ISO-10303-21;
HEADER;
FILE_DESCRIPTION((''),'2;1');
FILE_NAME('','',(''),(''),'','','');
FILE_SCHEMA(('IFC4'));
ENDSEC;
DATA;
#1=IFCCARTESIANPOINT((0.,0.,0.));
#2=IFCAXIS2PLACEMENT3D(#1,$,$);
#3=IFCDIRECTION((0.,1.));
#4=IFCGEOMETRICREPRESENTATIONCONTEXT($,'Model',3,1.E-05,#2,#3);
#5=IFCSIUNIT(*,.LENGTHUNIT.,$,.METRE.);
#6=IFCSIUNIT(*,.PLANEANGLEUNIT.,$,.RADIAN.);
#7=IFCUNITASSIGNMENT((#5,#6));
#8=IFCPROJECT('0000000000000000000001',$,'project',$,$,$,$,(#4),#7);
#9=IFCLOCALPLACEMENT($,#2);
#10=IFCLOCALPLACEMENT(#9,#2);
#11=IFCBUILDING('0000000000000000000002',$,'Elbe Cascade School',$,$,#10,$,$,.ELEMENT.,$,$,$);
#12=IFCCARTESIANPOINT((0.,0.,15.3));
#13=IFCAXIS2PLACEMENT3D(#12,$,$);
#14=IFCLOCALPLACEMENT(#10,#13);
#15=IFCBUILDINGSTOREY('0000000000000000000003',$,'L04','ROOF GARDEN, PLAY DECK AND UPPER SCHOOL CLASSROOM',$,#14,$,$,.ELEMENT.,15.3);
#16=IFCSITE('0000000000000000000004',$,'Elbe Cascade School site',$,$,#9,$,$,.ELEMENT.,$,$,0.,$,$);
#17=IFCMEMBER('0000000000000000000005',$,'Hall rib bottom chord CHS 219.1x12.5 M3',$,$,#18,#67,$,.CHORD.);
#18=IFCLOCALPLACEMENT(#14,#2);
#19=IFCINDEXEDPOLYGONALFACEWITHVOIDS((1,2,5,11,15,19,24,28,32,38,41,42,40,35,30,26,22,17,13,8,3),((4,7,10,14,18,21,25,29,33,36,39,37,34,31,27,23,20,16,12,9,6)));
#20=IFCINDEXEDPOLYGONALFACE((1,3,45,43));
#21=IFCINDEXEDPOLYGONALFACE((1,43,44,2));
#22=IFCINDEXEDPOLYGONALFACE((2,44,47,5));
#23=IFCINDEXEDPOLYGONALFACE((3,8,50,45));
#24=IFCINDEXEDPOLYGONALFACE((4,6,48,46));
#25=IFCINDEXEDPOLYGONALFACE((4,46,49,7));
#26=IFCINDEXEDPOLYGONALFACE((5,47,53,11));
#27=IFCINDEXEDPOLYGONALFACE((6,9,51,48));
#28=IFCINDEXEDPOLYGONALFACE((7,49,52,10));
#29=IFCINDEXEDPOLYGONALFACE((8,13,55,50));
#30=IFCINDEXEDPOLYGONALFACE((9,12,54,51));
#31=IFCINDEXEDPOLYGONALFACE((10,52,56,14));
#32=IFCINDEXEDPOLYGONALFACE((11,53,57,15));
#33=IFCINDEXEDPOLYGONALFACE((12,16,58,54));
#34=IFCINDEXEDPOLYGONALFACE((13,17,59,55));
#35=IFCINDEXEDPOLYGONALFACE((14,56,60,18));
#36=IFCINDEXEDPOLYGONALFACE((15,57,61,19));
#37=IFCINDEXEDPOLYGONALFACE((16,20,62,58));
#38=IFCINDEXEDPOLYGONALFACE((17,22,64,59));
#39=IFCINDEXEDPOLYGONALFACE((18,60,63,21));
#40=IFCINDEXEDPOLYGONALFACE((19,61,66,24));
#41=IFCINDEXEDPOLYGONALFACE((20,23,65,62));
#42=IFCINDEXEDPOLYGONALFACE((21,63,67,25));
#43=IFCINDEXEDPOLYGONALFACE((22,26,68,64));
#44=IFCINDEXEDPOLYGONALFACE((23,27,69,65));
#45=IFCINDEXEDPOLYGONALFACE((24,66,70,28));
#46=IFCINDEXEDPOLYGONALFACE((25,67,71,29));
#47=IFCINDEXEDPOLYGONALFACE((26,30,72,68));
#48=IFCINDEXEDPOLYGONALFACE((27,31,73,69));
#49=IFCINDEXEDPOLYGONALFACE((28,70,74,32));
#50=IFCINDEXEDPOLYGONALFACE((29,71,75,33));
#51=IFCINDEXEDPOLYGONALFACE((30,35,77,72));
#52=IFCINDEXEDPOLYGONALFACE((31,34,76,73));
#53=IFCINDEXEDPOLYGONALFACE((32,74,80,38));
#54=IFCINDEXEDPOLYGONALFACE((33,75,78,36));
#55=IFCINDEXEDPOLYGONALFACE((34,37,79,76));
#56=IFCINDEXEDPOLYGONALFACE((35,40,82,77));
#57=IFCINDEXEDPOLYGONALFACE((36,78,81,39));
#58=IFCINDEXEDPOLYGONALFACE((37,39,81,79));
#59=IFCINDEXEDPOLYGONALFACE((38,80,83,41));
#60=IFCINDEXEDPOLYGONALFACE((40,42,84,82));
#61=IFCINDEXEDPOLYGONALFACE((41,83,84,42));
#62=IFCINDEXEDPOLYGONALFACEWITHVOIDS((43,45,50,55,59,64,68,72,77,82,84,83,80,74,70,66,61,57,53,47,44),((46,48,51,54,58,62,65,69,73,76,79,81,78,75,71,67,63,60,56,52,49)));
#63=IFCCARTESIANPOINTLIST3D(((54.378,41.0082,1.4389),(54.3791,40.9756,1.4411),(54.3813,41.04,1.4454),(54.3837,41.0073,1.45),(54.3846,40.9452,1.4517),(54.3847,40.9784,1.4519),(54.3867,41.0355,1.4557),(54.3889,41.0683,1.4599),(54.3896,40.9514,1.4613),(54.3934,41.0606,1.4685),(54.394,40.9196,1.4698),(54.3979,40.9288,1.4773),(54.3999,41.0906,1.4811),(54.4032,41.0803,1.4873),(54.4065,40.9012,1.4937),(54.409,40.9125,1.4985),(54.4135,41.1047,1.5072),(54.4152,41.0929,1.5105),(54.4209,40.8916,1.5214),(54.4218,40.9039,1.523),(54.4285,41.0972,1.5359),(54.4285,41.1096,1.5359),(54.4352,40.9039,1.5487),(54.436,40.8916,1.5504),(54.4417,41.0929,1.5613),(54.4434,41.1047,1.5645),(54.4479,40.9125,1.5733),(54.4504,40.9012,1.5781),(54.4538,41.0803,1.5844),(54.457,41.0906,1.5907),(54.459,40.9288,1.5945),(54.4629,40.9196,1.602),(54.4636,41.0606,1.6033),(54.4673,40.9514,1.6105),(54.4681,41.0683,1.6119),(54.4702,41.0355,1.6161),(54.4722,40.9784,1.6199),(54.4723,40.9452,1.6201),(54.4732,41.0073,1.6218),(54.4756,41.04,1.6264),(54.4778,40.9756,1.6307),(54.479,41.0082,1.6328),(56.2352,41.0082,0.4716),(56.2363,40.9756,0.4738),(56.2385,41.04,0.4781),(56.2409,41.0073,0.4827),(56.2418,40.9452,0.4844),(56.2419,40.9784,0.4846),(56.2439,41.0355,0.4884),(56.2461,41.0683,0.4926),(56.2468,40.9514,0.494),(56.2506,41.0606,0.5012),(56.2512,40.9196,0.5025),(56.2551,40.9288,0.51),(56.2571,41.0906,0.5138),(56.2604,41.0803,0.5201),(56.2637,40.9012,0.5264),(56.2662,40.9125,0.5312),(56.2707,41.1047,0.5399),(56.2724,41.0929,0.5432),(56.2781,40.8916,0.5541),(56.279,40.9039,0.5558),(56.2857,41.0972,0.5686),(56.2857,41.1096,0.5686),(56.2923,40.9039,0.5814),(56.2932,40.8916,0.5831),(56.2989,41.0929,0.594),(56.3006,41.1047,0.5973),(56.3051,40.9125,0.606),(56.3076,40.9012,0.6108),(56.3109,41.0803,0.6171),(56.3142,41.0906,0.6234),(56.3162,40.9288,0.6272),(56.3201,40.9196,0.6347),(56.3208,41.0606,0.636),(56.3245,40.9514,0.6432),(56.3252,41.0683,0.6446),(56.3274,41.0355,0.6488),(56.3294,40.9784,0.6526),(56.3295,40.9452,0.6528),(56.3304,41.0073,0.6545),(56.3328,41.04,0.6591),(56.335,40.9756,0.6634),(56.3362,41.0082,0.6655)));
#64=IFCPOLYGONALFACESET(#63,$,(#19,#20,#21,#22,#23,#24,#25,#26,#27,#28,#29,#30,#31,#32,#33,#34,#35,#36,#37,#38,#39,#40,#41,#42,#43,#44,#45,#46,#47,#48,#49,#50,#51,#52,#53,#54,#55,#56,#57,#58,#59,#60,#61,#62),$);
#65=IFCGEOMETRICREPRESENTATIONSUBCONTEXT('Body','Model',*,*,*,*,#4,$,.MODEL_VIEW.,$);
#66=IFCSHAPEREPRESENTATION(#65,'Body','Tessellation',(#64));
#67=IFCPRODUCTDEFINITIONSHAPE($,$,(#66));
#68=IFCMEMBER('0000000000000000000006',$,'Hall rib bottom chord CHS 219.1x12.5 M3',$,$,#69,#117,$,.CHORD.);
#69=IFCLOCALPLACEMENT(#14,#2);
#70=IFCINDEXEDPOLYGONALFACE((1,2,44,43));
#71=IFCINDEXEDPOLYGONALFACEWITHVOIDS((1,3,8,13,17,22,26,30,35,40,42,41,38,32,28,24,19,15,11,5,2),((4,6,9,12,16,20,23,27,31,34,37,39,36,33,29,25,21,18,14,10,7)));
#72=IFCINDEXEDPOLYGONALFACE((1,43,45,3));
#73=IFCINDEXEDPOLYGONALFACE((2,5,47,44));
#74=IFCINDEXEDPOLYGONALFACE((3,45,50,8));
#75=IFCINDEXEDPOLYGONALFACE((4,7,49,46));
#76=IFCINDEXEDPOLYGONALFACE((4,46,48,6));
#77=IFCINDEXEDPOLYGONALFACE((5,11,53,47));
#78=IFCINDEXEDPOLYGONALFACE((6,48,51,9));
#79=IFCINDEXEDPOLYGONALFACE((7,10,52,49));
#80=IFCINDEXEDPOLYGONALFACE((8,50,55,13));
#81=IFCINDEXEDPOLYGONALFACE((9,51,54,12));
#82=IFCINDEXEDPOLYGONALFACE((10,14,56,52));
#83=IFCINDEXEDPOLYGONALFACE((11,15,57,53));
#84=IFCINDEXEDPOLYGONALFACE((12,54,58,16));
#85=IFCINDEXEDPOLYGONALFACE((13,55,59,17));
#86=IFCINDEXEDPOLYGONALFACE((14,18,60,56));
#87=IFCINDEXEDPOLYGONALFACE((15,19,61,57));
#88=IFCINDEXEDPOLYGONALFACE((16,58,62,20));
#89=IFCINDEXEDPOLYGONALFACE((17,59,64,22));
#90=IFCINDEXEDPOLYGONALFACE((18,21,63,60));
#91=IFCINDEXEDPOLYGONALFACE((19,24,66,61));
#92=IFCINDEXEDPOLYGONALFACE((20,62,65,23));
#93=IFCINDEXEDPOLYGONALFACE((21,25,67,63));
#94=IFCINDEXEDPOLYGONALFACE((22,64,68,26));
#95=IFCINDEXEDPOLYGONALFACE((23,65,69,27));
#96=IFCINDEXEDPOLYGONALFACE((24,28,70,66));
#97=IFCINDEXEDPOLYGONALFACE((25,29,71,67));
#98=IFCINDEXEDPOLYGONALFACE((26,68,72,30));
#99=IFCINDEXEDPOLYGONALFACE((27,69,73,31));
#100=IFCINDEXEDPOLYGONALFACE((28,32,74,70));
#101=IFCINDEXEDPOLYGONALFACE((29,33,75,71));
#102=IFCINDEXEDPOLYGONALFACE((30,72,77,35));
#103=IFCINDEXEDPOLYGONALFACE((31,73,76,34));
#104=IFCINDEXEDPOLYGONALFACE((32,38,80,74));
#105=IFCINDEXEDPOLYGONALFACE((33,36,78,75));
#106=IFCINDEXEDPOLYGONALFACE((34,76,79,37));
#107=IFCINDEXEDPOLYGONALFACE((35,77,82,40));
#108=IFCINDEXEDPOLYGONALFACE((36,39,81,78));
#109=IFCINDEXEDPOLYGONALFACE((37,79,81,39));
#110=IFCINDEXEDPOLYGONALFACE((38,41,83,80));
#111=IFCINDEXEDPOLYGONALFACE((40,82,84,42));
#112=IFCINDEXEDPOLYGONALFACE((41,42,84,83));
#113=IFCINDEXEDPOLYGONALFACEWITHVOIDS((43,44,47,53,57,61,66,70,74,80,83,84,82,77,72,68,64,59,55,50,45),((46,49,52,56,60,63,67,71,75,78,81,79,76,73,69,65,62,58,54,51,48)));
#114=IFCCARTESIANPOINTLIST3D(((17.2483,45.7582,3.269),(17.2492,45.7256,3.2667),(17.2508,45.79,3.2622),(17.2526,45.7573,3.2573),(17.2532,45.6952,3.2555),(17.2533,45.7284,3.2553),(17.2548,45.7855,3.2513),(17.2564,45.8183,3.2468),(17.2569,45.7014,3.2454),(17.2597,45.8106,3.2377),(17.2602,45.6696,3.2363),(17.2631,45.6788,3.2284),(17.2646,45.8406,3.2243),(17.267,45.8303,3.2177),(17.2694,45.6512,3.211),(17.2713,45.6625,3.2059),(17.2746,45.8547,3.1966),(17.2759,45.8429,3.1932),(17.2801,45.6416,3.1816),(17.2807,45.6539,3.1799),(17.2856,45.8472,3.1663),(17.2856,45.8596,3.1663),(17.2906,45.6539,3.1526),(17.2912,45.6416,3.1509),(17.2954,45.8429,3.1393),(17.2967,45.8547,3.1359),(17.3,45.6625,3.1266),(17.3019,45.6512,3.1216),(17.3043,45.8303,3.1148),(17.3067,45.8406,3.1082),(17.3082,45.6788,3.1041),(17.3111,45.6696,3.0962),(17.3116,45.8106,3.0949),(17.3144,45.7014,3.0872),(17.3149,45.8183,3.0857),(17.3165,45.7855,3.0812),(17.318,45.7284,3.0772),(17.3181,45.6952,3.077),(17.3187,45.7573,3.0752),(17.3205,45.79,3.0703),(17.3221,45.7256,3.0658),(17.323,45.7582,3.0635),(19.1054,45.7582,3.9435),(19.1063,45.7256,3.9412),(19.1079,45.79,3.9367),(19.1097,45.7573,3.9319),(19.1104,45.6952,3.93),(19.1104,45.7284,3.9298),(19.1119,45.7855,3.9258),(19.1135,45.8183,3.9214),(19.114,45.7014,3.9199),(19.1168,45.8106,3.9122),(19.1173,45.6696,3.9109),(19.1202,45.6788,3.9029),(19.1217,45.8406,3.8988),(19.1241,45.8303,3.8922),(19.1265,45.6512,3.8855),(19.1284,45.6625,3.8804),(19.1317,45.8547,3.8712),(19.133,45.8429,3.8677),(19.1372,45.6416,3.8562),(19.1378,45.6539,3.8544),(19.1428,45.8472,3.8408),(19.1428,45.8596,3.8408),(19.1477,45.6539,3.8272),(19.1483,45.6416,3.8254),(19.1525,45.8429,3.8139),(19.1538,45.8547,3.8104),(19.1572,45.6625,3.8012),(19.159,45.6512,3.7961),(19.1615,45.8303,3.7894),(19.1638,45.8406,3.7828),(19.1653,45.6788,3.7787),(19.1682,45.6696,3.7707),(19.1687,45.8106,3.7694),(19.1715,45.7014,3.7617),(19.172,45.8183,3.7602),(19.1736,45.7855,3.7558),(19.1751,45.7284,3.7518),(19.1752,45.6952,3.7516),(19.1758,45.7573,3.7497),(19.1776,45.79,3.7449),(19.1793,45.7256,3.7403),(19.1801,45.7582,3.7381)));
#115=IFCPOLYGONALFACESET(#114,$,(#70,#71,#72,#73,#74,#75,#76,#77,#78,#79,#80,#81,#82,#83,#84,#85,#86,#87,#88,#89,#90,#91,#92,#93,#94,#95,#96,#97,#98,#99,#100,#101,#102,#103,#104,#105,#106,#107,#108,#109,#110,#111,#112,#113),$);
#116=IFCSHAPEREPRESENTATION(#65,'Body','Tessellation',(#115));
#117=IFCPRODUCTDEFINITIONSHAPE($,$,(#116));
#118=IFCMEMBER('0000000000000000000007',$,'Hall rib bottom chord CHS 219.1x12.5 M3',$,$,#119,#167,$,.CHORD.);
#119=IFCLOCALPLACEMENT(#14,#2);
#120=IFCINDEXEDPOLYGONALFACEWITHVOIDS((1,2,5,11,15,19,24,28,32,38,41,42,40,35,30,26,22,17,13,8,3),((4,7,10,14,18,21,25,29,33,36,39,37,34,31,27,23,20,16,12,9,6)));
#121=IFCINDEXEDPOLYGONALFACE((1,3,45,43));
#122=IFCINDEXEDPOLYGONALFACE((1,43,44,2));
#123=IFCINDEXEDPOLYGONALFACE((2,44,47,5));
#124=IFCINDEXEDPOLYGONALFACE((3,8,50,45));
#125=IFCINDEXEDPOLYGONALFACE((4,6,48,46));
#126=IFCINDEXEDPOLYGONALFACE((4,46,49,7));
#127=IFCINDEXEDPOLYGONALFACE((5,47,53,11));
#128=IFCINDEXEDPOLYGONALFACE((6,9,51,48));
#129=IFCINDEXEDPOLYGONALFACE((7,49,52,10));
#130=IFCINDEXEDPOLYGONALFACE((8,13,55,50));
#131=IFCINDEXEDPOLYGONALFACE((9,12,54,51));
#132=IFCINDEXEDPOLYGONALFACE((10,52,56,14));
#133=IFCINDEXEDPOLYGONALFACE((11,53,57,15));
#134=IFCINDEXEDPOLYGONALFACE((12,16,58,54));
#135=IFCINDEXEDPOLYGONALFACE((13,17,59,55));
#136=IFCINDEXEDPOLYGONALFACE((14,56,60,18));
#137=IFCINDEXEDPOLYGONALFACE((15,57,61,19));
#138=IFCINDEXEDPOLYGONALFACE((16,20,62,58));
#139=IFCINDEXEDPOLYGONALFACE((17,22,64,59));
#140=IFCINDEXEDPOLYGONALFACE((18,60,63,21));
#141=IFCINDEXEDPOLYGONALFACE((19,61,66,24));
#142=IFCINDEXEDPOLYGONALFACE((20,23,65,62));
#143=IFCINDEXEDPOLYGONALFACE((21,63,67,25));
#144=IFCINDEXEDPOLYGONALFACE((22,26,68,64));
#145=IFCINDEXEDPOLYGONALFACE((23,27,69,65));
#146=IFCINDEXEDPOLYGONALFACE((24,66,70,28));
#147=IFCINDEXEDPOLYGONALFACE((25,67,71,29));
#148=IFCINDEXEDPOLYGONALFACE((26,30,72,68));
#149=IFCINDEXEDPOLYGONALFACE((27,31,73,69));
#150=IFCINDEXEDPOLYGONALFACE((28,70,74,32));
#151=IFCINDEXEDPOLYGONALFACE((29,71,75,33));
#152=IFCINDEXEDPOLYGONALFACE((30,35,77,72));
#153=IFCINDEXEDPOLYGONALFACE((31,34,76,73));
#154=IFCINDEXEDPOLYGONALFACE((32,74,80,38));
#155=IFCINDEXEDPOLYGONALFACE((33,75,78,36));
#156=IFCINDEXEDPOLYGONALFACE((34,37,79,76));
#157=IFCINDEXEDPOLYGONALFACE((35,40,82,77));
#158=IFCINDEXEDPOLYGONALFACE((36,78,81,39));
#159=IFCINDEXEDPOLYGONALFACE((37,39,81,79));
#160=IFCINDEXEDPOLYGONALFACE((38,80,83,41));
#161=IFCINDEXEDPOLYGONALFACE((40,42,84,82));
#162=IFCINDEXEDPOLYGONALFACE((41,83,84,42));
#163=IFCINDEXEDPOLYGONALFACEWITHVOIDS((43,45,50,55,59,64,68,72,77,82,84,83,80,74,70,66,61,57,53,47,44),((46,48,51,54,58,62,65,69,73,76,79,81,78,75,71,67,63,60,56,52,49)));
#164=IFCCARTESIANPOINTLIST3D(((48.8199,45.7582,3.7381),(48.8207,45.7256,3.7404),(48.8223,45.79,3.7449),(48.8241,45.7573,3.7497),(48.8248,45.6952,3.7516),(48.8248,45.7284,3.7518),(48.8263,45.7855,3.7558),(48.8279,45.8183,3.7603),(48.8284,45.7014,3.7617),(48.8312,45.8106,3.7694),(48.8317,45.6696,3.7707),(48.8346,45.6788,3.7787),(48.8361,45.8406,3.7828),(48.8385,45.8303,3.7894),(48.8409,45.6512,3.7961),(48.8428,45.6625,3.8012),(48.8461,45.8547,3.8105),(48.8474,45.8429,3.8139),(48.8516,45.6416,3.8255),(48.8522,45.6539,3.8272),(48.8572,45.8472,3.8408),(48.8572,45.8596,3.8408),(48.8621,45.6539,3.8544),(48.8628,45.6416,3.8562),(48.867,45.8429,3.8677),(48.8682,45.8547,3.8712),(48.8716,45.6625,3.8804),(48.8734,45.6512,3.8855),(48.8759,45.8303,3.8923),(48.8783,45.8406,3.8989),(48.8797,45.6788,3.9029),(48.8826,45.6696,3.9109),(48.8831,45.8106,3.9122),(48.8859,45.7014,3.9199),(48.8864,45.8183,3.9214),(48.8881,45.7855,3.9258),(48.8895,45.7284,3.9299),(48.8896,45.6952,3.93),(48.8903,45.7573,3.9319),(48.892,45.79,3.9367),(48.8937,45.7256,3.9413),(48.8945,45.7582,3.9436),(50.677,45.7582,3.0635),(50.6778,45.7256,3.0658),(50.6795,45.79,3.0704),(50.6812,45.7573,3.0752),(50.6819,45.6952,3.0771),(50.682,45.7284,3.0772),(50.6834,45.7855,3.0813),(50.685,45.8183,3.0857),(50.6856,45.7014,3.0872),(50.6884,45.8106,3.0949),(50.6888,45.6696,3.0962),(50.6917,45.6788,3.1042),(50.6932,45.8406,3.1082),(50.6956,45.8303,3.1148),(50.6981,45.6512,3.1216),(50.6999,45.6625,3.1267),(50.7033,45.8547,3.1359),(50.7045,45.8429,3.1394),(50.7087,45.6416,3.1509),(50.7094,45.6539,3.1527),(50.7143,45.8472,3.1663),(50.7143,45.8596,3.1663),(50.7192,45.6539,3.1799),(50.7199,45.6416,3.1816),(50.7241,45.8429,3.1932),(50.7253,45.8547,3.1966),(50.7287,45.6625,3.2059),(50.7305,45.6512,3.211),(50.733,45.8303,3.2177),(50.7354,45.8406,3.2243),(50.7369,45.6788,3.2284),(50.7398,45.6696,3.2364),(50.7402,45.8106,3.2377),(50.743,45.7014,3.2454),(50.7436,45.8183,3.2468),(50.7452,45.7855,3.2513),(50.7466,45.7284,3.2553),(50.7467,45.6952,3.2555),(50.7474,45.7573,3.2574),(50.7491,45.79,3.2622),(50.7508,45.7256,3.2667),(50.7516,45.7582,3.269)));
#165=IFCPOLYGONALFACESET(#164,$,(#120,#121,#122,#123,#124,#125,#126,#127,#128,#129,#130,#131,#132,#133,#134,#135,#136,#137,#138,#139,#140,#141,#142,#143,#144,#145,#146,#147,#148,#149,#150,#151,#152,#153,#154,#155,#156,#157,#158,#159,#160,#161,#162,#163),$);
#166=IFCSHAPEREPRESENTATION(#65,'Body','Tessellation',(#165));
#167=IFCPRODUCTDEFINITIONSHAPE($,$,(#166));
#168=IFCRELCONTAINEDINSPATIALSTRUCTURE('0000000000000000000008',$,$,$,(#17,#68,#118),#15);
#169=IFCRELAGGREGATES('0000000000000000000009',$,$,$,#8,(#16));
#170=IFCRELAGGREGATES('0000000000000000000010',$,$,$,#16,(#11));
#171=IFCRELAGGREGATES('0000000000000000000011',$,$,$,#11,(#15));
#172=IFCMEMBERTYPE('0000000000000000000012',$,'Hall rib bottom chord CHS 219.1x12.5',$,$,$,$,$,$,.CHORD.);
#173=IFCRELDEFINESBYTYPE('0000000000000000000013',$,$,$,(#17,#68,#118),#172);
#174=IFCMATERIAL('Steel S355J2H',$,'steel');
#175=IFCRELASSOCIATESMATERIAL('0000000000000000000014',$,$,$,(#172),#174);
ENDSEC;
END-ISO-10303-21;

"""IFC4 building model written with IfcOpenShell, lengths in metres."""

from ifc_helpers import new_model, si_unit, direction, frame, origin, origin_2d, place, context, subcontext, project, spatial, hollow_circle, extrude, material, material_profile, profile_set, type_object, element, save


model = new_model("IFC4")

# Units and contexts
model_context = context("Model", 3, precision=1e-05, world=origin(), true_north=direction((0.0, 1.0)))
body_context = subcontext(model_context, "Body", "Model", "MODEL_VIEW")
ifc_project = project(units=[si_unit("LENGTHUNIT", "METRE"), si_unit("PLANEANGLEUNIT", "RADIAN")], contexts=[model_context])

# Site, building, storey
site_placement = place(None, origin())
site = spatial("IfcSite", under=ifc_project, at=site_placement, Name="Elbe Cascade School site", CompositionType="ELEMENT", RefElevation=0.0)
building_placement = place(site_placement, origin())
building = spatial("IfcBuilding", under=site, at=building_placement, Name="Elbe Cascade School", CompositionType="ELEMENT")
storey_placement = place(building_placement, frame((0.0, 0.0, 15.3)))
storey = spatial("IfcBuildingStorey", under=building, at=storey_placement, Name="L04", Description="ROOF GARDEN, PLAY DECK AND UPPER SCHOOL CLASSROOM", CompositionType="ELEMENT", Elevation=15.3)

# Members
ifc_material_1 = material(Name="Steel S355J2H", Category="steel")
ifc_material_profile_1 = material_profile(ifc_material_1, hollow_circle(Radius=0.1096, WallThickness=0.0125, at=origin_2d()), Name="CHS 219.1x12.5")
ifc_profile_set_1 = profile_set([ifc_material_profile_1], Name="Steel S355J2H")
member_type_1 = type_object("IfcMemberType", Name="Hall rib bottom chord CHS 219.1x12.5", PredefinedType="CHORD", material=ifc_profile_set_1)
member_1_placement = place(storey_placement, frame((54.4285, 41.0, 1.5359), z_axis=(0.886913, 0.0, -0.461936), x_axis=(0.0, 1.0, 0.0)))
element("IfcMember", 1, at=member_1_placement, inside=storey, type_object=member_type_1, Name="Hall rib bottom chord CHS 219.1x12.5 M3", PredefinedType="CHORD", context=body_context, shape_type="SweptSolid", body=[
    extrude(hollow_circle(Radius=0.1096, WallThickness=0.0125, at=origin_2d()), origin(), (0.0, 0.0, 1.0), 2.094),
])
for number, where, z_axis, x_axis, name in (
    (2, (17.2856, 45.75, 3.1663), (0.93992, 0.0, 0.341396), (0.0, 1.0, 0.0), "Hall rib bottom chord CHS 219.1x12.5 M3"),
    (3, (48.8572, 45.75, 3.8408), (0.93992, 0.0, -0.341396), (0.0, 1.0, 0.0), "Hall rib bottom chord CHS 219.1x12.5 M3"),
):
    element("IfcMember", number, at=place(storey_placement, frame(where, z_axis=z_axis, x_axis=x_axis)), inside=storey, type_object=member_type_1, Name=name, PredefinedType="CHORD", context=body_context, shape_type="SweptSolid", body=[
        extrude(hollow_circle(Radius=0.1096, WallThickness=0.0125, at=origin_2d()), origin(), (0.0, 0.0, 1.0), 1.9758),
    ])

save(model, "model.ifc")
